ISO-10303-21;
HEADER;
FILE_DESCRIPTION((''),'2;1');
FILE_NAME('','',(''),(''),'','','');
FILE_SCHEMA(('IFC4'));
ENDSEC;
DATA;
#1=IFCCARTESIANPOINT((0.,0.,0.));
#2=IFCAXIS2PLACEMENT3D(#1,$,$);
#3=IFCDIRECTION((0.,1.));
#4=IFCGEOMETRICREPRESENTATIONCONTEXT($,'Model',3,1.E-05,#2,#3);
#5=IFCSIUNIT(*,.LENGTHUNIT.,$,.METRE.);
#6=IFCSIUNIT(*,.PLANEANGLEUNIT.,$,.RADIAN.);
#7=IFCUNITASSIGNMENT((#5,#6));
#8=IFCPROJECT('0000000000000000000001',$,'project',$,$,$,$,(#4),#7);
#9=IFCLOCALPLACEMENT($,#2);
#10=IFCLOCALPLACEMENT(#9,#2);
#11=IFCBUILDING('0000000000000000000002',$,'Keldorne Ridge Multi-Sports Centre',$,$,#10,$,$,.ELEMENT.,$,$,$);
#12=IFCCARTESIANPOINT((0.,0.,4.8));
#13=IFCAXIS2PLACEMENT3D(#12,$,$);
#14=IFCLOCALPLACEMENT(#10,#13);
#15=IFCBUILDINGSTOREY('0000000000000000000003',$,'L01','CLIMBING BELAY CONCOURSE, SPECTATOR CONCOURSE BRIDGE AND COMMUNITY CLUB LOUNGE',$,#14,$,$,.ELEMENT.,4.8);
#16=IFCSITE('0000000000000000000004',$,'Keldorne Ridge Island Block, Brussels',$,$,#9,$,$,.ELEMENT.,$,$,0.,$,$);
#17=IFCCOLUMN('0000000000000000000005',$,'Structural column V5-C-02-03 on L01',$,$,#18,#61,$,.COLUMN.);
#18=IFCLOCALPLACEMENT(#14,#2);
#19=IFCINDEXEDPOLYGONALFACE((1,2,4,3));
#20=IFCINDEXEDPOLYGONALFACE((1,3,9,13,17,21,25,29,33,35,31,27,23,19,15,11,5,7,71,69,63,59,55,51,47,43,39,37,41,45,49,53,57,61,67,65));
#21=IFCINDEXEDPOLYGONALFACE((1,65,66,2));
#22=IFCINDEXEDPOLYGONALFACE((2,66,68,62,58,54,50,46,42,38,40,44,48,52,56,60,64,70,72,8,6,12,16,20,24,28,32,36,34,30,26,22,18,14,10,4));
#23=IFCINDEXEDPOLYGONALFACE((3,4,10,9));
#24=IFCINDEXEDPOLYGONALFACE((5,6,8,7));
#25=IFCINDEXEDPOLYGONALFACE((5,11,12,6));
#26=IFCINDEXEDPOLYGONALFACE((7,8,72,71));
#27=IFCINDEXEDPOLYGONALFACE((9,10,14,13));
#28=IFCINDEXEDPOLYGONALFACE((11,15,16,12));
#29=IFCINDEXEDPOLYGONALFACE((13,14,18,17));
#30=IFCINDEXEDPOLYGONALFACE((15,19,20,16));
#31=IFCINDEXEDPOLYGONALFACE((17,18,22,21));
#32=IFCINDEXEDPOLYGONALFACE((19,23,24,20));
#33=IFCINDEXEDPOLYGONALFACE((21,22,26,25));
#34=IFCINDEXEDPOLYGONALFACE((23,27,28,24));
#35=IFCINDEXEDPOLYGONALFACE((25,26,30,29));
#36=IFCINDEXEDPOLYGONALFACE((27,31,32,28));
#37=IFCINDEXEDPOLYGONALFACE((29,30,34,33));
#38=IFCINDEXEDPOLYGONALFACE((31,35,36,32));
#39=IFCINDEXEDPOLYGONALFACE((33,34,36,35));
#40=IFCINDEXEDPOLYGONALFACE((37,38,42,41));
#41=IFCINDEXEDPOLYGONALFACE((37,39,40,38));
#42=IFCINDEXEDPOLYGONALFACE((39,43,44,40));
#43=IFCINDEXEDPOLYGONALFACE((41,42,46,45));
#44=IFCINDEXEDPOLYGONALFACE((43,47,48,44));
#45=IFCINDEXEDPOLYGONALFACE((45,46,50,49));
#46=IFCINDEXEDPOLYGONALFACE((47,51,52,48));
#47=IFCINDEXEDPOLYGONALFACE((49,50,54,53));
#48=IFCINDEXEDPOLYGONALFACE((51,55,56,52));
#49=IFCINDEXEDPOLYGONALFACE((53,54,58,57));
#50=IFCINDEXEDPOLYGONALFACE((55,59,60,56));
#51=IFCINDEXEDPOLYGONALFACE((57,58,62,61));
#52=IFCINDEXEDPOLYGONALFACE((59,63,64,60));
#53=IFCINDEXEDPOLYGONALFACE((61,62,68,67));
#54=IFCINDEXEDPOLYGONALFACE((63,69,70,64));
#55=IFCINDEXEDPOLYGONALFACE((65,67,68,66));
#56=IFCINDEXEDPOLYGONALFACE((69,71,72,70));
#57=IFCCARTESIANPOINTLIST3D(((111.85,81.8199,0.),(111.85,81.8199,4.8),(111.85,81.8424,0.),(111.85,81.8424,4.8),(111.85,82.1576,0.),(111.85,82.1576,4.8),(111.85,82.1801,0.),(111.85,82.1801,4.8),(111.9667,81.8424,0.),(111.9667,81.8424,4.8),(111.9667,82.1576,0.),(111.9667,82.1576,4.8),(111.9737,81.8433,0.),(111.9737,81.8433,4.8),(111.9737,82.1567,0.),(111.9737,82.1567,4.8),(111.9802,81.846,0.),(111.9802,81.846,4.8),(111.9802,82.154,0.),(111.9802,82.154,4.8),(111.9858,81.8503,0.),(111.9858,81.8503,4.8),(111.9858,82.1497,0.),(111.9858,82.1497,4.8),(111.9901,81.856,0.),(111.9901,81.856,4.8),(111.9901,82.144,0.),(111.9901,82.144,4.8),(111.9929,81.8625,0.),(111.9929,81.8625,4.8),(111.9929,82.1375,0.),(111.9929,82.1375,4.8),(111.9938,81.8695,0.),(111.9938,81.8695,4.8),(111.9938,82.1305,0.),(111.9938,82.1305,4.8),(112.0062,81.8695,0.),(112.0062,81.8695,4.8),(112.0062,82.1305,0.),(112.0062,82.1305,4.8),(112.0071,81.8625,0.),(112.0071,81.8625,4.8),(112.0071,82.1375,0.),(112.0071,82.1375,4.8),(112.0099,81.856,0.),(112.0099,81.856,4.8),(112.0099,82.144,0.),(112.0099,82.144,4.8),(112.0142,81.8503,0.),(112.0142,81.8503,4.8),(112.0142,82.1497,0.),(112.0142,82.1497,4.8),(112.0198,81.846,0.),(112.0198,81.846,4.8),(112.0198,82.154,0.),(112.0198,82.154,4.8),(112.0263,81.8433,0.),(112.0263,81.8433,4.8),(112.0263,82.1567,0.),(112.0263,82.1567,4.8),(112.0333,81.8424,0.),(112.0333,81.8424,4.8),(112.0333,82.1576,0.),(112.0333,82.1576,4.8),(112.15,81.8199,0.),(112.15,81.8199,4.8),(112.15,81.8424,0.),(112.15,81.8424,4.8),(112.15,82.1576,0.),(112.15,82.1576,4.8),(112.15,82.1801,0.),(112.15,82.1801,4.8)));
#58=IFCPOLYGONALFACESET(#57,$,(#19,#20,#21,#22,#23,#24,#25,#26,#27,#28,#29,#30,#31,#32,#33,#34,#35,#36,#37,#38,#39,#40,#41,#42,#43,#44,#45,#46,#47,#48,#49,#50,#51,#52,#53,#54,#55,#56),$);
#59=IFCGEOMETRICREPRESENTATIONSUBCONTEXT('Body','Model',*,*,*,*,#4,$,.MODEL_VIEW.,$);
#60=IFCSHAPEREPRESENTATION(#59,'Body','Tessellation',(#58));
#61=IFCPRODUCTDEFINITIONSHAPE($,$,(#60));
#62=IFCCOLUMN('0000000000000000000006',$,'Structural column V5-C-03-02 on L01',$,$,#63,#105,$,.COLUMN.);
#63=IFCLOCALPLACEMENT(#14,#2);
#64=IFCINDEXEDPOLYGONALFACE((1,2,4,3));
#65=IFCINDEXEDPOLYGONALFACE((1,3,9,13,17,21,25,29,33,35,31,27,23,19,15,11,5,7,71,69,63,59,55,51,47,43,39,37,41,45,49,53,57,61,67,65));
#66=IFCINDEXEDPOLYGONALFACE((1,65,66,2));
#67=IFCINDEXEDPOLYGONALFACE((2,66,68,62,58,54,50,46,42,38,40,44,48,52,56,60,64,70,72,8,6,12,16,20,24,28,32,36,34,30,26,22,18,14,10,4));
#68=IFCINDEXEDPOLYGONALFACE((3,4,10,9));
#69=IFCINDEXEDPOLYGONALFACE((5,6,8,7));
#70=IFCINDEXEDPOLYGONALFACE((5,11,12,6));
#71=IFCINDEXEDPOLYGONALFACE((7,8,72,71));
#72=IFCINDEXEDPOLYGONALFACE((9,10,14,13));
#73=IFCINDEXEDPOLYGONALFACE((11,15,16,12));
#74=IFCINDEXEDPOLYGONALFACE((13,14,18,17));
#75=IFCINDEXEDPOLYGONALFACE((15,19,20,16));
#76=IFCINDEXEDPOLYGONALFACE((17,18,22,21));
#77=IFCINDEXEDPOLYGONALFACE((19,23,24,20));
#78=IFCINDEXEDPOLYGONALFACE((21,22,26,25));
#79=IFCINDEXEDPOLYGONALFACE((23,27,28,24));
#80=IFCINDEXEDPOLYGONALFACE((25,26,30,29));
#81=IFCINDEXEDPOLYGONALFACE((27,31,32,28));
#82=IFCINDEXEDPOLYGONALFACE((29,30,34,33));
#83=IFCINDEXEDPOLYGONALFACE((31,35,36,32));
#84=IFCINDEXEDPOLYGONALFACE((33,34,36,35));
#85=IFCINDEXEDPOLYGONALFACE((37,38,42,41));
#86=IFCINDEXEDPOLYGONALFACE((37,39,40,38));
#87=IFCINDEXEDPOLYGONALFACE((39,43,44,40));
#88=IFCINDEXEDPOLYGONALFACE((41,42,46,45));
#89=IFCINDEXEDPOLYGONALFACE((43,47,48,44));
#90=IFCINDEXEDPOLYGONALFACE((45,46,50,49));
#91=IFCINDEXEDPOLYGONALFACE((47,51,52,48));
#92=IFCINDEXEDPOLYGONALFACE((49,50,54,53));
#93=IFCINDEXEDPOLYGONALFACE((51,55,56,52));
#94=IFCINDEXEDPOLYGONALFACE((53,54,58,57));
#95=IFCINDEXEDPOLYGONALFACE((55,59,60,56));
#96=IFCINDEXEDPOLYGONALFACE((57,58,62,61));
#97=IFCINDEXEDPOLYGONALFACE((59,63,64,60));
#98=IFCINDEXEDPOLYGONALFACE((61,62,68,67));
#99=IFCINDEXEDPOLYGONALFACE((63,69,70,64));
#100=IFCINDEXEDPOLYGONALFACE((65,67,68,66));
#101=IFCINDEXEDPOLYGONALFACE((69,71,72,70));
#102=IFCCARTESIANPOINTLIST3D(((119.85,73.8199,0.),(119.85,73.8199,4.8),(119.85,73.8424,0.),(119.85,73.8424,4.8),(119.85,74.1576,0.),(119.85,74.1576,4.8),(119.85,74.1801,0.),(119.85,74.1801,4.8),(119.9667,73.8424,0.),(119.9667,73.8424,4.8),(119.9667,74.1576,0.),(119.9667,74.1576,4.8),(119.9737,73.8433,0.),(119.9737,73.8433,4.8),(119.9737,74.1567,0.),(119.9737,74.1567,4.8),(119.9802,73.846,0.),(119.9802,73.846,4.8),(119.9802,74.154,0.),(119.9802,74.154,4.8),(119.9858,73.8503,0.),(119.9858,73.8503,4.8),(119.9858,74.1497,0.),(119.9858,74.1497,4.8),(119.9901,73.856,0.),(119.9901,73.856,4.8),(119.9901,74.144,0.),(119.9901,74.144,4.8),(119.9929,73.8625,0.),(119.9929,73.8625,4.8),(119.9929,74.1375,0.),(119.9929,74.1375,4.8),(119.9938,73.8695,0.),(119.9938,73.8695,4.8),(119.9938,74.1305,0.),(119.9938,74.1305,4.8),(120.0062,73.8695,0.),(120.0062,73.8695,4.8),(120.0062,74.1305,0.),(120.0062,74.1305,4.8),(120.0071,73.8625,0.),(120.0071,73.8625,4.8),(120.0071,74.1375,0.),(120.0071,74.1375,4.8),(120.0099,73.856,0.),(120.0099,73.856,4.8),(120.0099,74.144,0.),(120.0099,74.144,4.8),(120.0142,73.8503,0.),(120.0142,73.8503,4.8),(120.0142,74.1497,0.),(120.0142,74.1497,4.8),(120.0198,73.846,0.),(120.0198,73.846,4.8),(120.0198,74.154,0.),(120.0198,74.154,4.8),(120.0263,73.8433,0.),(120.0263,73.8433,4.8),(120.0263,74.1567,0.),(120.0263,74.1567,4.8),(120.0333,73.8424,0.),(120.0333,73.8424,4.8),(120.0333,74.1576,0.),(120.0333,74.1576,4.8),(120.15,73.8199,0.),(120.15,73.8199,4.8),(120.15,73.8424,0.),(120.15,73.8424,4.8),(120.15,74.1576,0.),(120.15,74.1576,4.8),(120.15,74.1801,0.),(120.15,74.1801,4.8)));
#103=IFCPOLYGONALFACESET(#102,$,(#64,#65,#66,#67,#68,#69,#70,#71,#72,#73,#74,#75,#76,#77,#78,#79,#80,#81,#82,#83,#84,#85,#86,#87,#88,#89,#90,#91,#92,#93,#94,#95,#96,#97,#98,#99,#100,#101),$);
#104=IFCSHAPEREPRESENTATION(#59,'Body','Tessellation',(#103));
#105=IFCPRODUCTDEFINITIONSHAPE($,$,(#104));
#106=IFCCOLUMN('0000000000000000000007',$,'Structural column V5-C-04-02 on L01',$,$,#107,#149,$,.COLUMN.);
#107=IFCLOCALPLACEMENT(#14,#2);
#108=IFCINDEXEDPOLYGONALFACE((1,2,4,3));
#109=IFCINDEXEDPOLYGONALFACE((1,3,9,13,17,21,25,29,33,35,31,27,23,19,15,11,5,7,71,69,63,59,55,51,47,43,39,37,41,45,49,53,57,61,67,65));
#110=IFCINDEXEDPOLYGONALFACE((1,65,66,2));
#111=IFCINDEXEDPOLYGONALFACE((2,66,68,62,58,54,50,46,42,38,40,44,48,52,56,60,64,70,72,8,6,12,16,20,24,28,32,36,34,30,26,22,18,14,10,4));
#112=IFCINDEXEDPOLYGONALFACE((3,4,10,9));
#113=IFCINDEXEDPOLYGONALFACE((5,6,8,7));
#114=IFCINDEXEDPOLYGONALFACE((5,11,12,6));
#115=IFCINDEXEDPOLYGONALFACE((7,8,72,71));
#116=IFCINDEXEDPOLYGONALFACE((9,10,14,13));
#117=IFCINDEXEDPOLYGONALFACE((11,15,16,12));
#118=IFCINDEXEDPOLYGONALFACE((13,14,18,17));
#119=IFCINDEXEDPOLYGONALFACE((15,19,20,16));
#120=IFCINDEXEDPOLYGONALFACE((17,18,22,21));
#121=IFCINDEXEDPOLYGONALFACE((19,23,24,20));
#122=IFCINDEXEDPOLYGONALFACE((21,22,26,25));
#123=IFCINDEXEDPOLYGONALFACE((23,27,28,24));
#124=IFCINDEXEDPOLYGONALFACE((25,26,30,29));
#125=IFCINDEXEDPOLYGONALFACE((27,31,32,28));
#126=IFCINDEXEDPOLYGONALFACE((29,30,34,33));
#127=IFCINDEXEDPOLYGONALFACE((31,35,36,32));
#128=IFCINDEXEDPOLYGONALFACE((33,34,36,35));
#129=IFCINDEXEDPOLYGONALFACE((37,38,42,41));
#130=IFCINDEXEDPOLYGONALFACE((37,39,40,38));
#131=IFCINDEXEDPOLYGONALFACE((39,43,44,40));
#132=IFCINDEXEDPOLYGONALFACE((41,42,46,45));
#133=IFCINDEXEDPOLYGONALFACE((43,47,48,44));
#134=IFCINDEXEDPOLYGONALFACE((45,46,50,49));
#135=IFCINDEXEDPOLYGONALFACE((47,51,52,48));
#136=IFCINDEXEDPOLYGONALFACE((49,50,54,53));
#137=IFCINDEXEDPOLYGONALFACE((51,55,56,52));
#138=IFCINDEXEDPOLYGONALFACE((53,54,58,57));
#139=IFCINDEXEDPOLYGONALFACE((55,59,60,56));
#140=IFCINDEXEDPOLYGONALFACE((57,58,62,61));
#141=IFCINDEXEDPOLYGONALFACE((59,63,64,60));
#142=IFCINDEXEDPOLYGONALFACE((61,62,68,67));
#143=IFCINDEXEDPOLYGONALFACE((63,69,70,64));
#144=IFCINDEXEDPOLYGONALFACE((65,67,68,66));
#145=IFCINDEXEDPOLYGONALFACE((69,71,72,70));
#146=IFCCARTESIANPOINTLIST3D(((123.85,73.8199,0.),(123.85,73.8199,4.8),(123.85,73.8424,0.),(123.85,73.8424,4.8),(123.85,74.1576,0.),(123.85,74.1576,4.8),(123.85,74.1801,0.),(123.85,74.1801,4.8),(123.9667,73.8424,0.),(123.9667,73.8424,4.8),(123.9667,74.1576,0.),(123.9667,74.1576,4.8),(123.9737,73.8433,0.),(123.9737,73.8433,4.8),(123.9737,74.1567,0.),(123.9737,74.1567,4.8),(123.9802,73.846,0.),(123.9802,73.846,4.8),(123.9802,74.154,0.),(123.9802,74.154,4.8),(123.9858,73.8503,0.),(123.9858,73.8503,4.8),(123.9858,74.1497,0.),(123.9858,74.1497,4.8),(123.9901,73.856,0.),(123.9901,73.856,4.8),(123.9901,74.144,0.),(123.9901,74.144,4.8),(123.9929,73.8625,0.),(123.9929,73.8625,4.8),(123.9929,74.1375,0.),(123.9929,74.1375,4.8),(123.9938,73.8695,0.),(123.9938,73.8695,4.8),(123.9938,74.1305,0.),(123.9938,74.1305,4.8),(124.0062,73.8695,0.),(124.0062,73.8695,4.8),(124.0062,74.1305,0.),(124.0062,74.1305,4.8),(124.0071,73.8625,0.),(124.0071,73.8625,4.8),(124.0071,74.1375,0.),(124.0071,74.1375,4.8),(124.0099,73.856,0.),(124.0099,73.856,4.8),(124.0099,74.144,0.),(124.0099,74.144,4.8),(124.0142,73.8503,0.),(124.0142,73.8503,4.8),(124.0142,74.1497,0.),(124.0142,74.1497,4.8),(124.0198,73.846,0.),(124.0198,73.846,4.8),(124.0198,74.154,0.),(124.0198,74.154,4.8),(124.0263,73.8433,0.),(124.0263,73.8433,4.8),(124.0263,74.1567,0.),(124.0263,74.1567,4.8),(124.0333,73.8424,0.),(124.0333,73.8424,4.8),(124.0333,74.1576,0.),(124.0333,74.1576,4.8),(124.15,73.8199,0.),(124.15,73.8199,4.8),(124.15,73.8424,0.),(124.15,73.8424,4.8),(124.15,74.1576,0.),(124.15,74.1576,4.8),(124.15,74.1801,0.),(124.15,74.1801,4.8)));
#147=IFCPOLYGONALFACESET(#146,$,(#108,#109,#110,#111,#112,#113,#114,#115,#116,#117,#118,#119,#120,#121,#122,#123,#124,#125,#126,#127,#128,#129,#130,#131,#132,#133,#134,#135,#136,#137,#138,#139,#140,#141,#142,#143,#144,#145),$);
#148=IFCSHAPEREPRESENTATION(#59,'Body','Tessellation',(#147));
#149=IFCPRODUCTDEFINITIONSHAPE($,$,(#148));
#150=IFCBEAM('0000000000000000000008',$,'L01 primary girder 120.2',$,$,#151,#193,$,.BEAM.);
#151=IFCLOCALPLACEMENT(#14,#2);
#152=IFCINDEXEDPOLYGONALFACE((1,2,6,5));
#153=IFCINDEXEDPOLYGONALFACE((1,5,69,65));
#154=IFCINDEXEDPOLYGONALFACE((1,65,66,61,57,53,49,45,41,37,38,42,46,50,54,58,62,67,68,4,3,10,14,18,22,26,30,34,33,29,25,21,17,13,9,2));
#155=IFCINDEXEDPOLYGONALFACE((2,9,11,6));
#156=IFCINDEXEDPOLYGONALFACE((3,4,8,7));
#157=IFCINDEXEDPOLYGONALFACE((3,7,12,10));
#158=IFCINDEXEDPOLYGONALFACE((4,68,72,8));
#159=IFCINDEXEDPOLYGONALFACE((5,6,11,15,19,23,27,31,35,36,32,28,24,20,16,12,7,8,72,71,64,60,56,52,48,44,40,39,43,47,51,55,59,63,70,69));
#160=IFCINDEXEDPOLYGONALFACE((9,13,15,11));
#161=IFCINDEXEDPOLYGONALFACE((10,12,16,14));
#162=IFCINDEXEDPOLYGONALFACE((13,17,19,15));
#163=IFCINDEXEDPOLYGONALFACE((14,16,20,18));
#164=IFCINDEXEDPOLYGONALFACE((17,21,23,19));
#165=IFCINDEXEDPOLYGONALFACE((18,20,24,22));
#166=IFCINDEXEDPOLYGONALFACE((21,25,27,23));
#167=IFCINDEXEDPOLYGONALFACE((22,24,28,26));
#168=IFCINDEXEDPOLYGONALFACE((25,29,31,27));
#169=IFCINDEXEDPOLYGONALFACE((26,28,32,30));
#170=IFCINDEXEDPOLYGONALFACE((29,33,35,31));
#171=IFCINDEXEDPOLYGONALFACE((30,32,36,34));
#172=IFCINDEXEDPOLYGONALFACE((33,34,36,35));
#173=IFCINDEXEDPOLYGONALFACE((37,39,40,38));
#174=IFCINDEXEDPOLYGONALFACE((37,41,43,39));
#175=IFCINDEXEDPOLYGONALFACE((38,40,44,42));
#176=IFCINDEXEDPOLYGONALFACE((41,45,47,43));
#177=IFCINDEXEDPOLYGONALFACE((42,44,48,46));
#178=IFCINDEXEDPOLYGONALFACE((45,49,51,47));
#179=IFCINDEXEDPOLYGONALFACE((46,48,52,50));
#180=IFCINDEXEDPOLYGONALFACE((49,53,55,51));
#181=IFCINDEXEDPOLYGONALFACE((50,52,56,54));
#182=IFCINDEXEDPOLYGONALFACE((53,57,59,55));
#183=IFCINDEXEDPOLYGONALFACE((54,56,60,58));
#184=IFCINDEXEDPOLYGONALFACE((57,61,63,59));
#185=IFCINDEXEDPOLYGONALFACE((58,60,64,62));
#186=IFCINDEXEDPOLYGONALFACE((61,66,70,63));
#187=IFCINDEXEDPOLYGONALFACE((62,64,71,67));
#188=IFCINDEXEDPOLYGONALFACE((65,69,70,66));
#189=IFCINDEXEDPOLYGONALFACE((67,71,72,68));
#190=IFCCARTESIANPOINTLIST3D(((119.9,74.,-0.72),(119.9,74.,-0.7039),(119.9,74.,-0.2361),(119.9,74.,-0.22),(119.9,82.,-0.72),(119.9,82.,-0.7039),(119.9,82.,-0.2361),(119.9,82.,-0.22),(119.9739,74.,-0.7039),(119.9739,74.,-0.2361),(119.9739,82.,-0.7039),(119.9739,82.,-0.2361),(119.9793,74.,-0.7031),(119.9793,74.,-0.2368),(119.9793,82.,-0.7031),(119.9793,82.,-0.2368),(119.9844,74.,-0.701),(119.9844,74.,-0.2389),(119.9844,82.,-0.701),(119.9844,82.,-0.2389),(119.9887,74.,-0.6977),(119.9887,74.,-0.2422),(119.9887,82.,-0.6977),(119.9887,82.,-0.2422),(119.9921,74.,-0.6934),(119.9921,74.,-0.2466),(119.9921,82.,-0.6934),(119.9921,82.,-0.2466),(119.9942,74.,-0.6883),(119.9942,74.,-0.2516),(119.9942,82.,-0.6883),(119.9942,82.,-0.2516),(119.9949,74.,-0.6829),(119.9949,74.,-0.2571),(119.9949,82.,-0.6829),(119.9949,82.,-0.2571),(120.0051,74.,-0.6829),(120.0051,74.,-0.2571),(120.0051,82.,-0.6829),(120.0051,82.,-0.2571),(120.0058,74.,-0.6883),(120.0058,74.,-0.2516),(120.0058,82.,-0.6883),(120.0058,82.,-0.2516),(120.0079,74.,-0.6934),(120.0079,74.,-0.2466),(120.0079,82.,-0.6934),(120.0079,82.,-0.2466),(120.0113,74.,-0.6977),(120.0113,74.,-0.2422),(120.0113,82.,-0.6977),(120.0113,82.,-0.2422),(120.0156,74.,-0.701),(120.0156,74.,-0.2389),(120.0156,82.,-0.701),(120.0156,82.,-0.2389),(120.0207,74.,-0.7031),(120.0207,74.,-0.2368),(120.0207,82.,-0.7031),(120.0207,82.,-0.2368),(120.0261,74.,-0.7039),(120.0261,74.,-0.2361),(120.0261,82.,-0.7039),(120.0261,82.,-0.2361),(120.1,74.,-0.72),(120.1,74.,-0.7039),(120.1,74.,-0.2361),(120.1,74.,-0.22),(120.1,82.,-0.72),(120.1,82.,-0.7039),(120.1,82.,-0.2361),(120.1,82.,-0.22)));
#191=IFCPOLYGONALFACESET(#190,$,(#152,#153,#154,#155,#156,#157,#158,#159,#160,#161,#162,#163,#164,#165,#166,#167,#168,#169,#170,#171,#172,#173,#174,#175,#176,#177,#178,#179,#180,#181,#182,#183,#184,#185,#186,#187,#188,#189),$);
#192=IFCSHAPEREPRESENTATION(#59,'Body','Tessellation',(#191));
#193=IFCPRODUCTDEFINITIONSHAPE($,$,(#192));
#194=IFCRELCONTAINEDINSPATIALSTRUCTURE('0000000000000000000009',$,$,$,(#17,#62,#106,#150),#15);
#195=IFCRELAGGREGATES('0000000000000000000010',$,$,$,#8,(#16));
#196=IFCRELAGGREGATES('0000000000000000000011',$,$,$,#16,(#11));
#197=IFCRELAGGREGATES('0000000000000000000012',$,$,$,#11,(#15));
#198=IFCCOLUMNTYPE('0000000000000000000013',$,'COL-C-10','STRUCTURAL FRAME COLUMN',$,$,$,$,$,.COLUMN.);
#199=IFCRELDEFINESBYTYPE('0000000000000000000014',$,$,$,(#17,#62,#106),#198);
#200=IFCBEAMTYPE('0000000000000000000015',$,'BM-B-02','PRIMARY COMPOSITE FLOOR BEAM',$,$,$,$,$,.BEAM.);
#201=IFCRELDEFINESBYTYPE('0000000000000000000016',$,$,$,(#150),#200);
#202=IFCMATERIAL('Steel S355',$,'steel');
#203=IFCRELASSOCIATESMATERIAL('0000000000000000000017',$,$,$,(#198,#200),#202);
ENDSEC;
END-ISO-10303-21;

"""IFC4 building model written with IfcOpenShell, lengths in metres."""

from ifc_helpers import new_model, si_unit, direction, frame, origin, origin_2d, place, context, subcontext, project, spatial, i_section, extrude, material, material_profile, profile_set, type_object, element, save


model = new_model("IFC4")

# Units and contexts
model_context = context("Model", 3, precision=1e-05, world=origin(), true_north=direction((0.0, 1.0)))
body_context = subcontext(model_context, "Body", "Model", "MODEL_VIEW")
ifc_project = project(units=[si_unit("LENGTHUNIT", "METRE"), si_unit("PLANEANGLEUNIT", "RADIAN")], contexts=[model_context])

# Site, building, storey
site_placement = place(None, origin())
site = spatial("IfcSite", under=ifc_project, at=site_placement, Name="Keldorne Ridge Island Block, Brussels", CompositionType="ELEMENT", RefElevation=0.0)
building_placement = place(site_placement, origin())
building = spatial("IfcBuilding", under=site, at=building_placement, Name="Keldorne Ridge Multi-Sports Centre", CompositionType="ELEMENT")
storey_placement = place(building_placement, frame((0.0, 0.0, 4.8)))
storey = spatial("IfcBuildingStorey", under=building, at=storey_placement, Name="L01", Description="CLIMBING BELAY CONCOURSE, SPECTATOR CONCOURSE BRIDGE AND COMMUNITY CLUB LOUNGE", CompositionType="ELEMENT", Elevation=4.8)

# Columns
ifc_material_1 = material(Name="Steel S355", Category="steel")
ifc_material_profile_1 = material_profile(ifc_material_1, i_section(OverallWidth=0.3, OverallDepth=0.3601, WebThickness=0.0125, FlangeThickness=0.0225, FilletRadius=0.0271, at=origin_2d()), Name="HEB 360")
ifc_profile_set_1 = profile_set([ifc_material_profile_1], Name="Steel S355")
column_type = type_object("IfcColumnType", Name="COL-C-10", Description="STRUCTURAL FRAME COLUMN", PredefinedType="COLUMN", material=ifc_profile_set_1)
for number, where, z_axis, x_axis, name in (
    (1, (112.0, 82.0, 0.0), (0.0, 0.0, 1.0), (1.0, 0.0, 0.0), "Structural column V5-C-02-03 on L01"),
    (2, (120.0, 74.0, 0.0), (0.0, 0.0, 1.0), (1.0, 0.0, 0.0), "Structural column V5-C-03-02 on L01"),
    (3, (124.0, 74.0, 0.0), (0.0, 0.0, 1.0), (1.0, 0.0, 0.0), "Structural column V5-C-04-02 on L01"),
):
    element("IfcColumn", number, at=place(storey_placement, frame(where, z_axis=z_axis, x_axis=x_axis)), inside=storey, type_object=column_type, Name=name, PredefinedType="COLUMN", context=body_context, shape_type="SweptSolid", body=[
        extrude(i_section(OverallWidth=0.3, OverallDepth=0.3601, WebThickness=0.0125, FlangeThickness=0.0225, FilletRadius=0.0271, at=origin_2d()), origin(), (0.0, 0.0, 1.0), 4.8),
    ])

# Beam
ifc_material_profile_2 = material_profile(ifc_material_1, i_section(OverallWidth=0.2, OverallDepth=0.5, WebThickness=0.0103, FlangeThickness=0.0161, FilletRadius=0.021, at=origin_2d()), Name="IPE 500")
ifc_profile_set_2 = profile_set([ifc_material_profile_2], Name="Steel S355")
beam_type_1 = type_object("IfcBeamType", Name="BM-B-02", Description="PRIMARY COMPOSITE FLOOR BEAM", PredefinedType="BEAM", material=ifc_profile_set_2)
for number, where, z_axis, x_axis, name in (
    (4, (120.0, 74.0, -0.47), (0.0, 1.0, 0.0), (-1.0, 0.0, 0.0), "L01 primary girder 120.2"),
):
    element("IfcBeam", number, at=place(storey_placement, frame(where, z_axis=z_axis, x_axis=x_axis)), inside=storey, type_object=beam_type_1, Name=name, PredefinedType="BEAM", context=body_context, shape_type="SweptSolid", body=[
        extrude(i_section(OverallWidth=0.2, OverallDepth=0.5, WebThickness=0.0103, FlangeThickness=0.0161, FilletRadius=0.021, at=origin_2d()), origin(), (0.0, 0.0, 1.0), 8.0),
    ])

save(model, "model.ifc")
